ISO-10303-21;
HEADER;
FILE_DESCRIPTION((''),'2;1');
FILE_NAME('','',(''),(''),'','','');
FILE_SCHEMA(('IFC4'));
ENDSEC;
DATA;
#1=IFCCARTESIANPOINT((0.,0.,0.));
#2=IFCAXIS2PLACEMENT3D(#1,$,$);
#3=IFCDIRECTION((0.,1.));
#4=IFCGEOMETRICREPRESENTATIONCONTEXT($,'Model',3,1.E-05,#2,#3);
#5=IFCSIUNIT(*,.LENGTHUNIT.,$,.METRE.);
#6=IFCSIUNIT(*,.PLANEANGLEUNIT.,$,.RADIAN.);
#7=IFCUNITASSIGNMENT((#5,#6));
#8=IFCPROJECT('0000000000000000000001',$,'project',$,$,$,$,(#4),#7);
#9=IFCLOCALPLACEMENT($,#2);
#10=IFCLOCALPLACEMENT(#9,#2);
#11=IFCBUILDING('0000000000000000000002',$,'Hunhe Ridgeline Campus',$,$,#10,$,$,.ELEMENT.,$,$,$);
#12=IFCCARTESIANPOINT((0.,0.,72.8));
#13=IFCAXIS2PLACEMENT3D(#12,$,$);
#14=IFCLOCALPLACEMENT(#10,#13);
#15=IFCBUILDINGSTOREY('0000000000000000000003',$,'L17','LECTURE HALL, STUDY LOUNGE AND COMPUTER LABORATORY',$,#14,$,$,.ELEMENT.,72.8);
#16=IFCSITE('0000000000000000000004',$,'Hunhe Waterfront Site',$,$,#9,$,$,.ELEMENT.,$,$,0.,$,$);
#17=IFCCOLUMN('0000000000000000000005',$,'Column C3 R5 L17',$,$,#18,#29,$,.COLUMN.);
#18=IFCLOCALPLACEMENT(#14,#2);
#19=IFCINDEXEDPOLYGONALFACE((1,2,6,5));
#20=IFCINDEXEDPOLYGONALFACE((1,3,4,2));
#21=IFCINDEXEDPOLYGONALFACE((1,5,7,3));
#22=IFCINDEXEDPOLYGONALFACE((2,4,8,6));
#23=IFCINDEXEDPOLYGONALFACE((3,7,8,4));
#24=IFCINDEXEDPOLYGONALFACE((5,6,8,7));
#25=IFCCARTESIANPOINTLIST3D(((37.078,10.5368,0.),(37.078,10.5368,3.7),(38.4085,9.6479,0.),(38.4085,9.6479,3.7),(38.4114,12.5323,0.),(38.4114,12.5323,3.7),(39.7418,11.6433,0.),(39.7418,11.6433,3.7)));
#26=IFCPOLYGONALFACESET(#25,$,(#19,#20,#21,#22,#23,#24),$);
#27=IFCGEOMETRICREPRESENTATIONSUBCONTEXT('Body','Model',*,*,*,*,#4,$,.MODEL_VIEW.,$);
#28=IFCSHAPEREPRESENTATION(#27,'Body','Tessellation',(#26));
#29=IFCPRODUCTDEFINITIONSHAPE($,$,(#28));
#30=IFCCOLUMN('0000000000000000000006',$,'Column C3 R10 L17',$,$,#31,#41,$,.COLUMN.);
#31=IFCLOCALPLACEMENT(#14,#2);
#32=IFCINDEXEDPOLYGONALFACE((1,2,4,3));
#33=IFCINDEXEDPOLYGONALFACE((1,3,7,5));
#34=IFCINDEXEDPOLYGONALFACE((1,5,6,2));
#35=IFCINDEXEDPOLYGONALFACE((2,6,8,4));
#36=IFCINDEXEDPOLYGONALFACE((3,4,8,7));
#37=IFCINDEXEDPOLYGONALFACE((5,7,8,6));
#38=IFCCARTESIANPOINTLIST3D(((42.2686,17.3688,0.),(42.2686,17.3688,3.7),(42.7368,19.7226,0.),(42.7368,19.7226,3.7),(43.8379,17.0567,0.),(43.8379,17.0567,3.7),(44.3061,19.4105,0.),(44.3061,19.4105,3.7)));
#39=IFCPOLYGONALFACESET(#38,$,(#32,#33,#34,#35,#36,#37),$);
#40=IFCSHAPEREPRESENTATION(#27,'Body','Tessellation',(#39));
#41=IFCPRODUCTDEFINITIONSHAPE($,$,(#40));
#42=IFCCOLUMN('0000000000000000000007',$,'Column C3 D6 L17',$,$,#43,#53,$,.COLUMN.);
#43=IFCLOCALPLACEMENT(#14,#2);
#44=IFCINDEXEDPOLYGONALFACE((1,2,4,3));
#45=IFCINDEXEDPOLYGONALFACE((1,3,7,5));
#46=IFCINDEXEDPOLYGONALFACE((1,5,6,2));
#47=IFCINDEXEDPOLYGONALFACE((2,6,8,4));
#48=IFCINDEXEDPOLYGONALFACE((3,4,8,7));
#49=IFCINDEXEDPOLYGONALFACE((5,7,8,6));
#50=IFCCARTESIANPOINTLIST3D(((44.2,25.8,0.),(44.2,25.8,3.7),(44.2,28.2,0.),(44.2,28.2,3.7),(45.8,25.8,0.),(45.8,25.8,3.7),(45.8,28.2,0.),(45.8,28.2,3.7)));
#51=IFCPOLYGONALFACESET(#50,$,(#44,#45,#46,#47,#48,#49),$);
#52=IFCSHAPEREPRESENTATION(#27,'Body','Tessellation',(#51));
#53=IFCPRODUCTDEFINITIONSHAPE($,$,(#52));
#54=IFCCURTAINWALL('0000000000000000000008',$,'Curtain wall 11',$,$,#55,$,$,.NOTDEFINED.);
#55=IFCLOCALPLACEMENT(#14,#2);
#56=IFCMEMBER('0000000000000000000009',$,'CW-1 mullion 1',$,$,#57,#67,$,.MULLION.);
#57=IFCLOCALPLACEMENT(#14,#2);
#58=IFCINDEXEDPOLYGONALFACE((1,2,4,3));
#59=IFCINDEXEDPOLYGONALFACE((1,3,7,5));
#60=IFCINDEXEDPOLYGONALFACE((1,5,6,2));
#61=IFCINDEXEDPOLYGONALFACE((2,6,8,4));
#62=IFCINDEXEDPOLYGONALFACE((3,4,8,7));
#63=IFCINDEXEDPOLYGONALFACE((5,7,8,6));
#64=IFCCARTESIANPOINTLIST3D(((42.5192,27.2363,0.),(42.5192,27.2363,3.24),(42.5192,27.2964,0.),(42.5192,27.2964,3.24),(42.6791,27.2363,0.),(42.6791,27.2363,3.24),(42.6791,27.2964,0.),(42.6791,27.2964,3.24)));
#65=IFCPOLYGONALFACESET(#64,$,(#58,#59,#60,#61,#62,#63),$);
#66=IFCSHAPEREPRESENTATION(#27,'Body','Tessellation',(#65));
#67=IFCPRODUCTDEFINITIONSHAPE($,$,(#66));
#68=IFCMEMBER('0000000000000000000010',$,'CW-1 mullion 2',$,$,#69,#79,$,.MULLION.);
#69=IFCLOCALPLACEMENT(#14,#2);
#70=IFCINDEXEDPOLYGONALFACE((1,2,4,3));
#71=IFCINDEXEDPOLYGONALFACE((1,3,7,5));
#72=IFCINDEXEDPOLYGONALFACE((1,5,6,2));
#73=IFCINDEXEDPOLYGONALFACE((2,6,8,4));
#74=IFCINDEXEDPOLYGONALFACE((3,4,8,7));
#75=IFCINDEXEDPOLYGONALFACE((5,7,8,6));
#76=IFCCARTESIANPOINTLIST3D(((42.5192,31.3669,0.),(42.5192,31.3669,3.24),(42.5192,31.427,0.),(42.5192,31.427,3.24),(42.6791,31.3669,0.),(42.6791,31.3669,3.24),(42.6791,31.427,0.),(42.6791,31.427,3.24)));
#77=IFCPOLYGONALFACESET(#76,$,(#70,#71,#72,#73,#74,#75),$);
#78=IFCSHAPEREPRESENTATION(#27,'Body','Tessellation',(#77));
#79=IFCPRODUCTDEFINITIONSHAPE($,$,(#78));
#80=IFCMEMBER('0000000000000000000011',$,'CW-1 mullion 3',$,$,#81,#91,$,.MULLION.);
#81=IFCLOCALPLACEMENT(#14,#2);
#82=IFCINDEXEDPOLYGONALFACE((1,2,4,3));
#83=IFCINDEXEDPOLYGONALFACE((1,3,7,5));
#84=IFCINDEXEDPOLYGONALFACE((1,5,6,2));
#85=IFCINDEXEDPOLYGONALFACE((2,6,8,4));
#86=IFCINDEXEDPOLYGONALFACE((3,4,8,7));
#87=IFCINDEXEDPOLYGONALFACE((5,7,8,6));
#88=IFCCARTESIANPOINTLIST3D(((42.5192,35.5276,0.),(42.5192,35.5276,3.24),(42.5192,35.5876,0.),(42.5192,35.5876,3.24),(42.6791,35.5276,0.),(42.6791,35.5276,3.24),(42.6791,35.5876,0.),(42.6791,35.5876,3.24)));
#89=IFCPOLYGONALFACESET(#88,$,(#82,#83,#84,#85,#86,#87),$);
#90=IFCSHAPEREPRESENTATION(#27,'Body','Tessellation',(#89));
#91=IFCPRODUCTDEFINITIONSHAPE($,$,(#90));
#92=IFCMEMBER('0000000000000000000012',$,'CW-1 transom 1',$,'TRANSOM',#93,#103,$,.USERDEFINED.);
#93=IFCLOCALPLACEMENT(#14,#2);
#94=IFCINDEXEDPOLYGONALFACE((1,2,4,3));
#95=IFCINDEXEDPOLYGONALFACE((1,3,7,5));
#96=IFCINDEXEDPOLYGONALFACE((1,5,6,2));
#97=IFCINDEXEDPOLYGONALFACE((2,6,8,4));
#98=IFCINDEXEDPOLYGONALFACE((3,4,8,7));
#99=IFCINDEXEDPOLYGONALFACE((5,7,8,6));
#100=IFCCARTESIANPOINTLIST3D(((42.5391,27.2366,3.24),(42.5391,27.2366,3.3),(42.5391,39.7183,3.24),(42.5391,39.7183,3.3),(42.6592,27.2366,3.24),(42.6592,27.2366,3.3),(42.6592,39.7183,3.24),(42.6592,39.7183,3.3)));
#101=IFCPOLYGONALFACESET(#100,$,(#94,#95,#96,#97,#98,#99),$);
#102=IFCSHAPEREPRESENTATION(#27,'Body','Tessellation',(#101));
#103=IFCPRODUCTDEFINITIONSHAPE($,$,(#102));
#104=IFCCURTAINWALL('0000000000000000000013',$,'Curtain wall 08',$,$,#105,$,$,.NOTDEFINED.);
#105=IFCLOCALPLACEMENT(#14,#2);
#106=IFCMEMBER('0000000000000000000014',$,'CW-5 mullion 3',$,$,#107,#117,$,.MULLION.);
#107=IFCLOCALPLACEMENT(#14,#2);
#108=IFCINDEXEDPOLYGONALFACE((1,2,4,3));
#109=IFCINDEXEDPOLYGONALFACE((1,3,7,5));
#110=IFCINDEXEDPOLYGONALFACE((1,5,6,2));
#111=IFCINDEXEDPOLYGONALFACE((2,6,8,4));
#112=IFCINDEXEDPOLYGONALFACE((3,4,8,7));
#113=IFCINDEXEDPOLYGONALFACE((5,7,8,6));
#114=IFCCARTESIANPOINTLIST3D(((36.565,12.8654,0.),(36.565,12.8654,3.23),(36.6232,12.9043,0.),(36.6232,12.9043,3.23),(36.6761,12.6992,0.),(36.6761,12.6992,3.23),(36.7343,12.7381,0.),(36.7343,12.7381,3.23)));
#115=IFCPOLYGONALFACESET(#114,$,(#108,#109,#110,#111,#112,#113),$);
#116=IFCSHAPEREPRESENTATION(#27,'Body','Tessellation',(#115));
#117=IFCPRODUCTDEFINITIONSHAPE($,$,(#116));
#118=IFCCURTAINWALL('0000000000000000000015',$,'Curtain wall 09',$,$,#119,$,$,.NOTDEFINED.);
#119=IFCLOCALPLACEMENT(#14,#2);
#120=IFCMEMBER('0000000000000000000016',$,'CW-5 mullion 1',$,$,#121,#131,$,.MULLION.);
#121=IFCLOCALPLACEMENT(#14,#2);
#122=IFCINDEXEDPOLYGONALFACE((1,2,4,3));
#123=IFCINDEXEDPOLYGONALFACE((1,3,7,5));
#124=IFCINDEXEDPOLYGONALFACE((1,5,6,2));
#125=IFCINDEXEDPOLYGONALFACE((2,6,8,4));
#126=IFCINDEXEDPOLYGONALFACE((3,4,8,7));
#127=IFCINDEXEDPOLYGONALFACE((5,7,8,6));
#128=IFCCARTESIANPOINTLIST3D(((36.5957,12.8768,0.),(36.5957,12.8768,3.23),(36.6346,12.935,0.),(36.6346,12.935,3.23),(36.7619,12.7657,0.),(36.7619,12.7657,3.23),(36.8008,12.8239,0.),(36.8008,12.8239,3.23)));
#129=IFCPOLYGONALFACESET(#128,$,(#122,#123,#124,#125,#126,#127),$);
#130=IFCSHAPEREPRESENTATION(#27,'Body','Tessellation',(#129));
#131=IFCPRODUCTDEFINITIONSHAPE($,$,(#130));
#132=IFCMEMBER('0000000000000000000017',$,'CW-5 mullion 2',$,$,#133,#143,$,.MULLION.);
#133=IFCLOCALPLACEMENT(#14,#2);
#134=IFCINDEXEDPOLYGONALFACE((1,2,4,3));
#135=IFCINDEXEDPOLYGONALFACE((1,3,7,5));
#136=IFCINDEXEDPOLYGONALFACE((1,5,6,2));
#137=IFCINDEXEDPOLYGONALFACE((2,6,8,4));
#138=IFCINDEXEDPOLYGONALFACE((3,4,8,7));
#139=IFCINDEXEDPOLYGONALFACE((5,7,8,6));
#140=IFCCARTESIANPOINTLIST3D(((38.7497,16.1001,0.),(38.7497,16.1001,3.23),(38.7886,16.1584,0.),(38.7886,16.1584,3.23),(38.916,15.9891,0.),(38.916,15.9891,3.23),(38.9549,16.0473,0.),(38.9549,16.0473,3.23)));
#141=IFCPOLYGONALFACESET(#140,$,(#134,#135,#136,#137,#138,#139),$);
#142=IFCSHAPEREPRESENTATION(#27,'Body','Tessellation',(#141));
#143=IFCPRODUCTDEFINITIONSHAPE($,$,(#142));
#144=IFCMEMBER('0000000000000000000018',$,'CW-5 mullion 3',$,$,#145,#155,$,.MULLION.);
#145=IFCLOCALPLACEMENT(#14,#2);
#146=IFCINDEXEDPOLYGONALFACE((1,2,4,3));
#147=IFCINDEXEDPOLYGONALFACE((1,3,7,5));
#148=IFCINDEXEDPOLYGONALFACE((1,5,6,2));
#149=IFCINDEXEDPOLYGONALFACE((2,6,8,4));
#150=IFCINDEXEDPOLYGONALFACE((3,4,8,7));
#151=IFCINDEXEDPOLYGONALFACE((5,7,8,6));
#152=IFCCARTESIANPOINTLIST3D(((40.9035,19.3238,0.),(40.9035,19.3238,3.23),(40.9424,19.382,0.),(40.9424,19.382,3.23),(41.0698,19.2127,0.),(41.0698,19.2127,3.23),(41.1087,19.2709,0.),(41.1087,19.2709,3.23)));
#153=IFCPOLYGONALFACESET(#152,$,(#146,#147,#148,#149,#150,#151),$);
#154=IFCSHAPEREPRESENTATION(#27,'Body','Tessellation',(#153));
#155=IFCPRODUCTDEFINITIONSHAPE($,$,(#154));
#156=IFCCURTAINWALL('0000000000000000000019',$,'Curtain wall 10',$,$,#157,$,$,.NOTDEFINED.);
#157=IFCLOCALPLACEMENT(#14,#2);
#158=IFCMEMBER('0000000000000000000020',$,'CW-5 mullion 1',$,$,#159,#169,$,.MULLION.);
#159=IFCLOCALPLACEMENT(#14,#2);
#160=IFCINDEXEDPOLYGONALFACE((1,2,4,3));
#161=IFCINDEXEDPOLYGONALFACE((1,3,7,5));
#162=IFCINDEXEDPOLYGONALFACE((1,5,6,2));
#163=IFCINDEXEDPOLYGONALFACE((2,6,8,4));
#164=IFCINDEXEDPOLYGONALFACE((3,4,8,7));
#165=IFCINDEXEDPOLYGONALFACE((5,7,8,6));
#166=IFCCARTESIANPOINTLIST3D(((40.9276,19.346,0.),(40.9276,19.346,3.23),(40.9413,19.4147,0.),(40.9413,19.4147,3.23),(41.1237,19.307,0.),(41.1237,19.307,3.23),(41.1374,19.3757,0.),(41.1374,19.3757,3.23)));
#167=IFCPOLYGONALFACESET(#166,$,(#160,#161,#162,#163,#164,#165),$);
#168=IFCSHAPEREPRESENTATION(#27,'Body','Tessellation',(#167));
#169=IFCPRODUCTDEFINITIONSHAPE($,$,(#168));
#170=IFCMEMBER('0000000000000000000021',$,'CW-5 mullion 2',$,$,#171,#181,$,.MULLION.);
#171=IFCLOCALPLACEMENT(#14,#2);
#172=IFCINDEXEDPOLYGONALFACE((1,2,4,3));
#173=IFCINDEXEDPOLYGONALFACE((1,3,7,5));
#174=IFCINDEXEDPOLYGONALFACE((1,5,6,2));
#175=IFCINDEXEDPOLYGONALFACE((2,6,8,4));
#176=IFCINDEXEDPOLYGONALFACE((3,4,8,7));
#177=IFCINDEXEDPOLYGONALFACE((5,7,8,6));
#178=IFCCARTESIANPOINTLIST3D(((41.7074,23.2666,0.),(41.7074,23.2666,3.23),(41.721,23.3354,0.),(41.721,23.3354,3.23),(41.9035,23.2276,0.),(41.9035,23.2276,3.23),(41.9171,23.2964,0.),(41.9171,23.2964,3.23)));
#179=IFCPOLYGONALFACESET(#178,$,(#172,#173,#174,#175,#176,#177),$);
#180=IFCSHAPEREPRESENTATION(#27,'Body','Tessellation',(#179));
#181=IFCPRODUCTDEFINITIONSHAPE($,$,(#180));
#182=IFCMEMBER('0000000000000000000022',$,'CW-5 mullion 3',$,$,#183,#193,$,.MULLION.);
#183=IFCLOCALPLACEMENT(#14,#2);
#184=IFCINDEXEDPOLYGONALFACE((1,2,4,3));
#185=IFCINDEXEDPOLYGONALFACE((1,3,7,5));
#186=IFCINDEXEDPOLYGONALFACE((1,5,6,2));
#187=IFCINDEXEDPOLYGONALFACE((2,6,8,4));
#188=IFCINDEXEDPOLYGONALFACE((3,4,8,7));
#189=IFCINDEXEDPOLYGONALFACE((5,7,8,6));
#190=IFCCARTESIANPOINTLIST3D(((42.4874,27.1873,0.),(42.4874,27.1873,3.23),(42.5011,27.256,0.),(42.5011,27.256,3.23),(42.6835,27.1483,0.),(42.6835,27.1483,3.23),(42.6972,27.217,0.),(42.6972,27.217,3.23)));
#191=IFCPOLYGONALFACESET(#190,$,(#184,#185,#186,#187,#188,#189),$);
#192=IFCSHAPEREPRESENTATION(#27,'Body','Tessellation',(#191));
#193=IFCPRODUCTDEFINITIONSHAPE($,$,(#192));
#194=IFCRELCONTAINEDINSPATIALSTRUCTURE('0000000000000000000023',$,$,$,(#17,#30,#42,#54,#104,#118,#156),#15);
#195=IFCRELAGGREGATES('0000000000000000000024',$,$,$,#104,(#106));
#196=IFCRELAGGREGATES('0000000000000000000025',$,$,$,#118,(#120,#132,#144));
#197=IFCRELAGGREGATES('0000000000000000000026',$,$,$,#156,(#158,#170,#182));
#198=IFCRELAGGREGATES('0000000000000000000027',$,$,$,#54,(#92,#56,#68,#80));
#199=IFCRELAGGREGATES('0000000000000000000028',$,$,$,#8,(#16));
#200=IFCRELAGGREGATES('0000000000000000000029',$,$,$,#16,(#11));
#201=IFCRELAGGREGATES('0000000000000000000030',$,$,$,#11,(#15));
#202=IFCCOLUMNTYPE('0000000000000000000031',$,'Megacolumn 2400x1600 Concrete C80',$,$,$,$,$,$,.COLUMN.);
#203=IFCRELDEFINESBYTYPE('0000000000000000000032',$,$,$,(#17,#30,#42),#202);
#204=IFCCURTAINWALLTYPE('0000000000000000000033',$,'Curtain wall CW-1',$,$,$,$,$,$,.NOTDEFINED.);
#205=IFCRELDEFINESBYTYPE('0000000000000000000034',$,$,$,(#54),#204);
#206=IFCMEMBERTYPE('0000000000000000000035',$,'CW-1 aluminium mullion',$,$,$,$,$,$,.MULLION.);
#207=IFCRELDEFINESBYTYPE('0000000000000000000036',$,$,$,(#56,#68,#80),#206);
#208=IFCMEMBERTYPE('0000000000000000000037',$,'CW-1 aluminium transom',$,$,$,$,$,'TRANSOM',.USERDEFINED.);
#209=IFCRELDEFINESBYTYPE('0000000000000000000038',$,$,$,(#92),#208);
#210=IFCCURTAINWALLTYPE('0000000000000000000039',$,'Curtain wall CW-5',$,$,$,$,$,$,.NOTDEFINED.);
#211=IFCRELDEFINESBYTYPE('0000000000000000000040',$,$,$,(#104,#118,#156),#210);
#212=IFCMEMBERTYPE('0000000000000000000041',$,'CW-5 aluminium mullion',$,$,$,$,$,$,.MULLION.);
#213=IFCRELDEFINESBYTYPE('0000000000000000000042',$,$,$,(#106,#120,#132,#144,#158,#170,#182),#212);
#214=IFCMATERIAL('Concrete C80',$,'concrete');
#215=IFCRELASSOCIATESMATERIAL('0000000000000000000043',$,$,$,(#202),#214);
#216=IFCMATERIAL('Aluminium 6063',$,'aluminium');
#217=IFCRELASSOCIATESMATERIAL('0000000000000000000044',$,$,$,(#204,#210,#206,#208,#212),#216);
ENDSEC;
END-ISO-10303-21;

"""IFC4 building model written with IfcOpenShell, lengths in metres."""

from ifc_helpers import new_model, si_unit, direction, frame, origin, origin_2d, place, context, subcontext, project, spatial, rectangle, extrude, material, material_profile, profile_set, type_object, element, aggregate, save


model = new_model("IFC4")

# Units and contexts
model_context = context("Model", 3, precision=1e-05, world=origin(), true_north=direction((0.0, 1.0)))
body_context = subcontext(model_context, "Body", "Model", "MODEL_VIEW")
ifc_project = project(units=[si_unit("LENGTHUNIT", "METRE"), si_unit("PLANEANGLEUNIT", "RADIAN")], contexts=[model_context])

# Site, building, storey
site_placement = place(None, origin())
site = spatial("IfcSite", under=ifc_project, at=site_placement, Name="Hunhe Waterfront Site", CompositionType="ELEMENT", RefElevation=0.0)
building_placement = place(site_placement, origin())
building = spatial("IfcBuilding", under=site, at=building_placement, Name="Hunhe Ridgeline Campus", CompositionType="ELEMENT")
storey_placement = place(building_placement, frame((0.0, 0.0, 72.8)))
storey = spatial("IfcBuildingStorey", under=building, at=storey_placement, Name="L17", Description="LECTURE HALL, STUDY LOUNGE AND COMPUTER LABORATORY", CompositionType="ELEMENT", Elevation=72.8)

# Columns
ifc_material_1 = material(Name="Concrete C80", Category="concrete")
ifc_material_profile_1 = material_profile(ifc_material_1, rectangle(XDim=2.3999, YDim=1.6001, at=origin_2d()))
ifc_profile_set_1 = profile_set([ifc_material_profile_1], Name="Concrete C80")
column_type = type_object("IfcColumnType", Name="Megacolumn 2400x1600 Concrete C80", PredefinedType="COLUMN", material=ifc_profile_set_1)
for number, where, z_axis, x_axis, name in (
    (1, (38.4099, 11.0901, 0.0), (0.0, 0.0, 1.0), (0.55557, 0.83147, 0.0), "Column C3 R5 L17"),
    (2, (43.2874, 18.3896, 0.0), (0.0, 0.0, 1.0), (0.19509, 0.980785, 0.0), "Column C3 R10 L17"),
    (3, (45.0, 27.0, 0.0), (0.0, 0.0, 1.0), (0.0, 1.0, 0.0), "Column C3 D6 L17"),
):
    element("IfcColumn", number, at=place(storey_placement, frame(where, z_axis=z_axis, x_axis=x_axis)), inside=storey, type_object=column_type, Name=name, PredefinedType="COLUMN", context=body_context, shape_type="SweptSolid", body=[
        extrude(rectangle(XDim=2.3999, YDim=1.6001, at=origin_2d()), origin(), (0.0, 0.0, 1.0), 3.7),
    ])

# Curtain wall, members
ifc_material_2 = material(Name="Aluminium 6063", Category="aluminium")
curtain_wall_type_1 = type_object("IfcCurtainWallType", Name="Curtain wall CW-1", PredefinedType="NOTDEFINED", material=ifc_material_2)
curtain_wall_1_placement = place(storey_placement, origin())
curtain_wall_1 = element("IfcCurtainWall", 4, at=curtain_wall_1_placement, inside=storey, type_object=curtain_wall_type_1, Name="Curtain wall 11", PredefinedType="NOTDEFINED")
ifc_material_profile_2 = material_profile(ifc_material_2, rectangle(XDim=0.1599, YDim=0.0601, at=origin_2d()))
ifc_profile_set_2 = profile_set([ifc_material_profile_2], Name="Aluminium 6063")
member_type_1 = type_object("IfcMemberType", Name="CW-1 aluminium mullion", PredefinedType="MULLION", material=ifc_profile_set_2)
member_1_placement = place(storey_placement, frame((42.5991, 27.2664, 0.0), z_axis=(0.0, 0.0, 1.0), x_axis=(-1.0, 0.0, 0.0)))
member_1 = element("IfcMember", 5, at=member_1_placement, type_object=member_type_1, Name="CW-1 mullion 1", PredefinedType="MULLION", context=body_context, shape_type="SweptSolid", body=[
    extrude(rectangle(XDim=0.1599, YDim=0.0601, at=origin_2d()), origin(), (0.0, 0.0, 1.0), 3.24),
])
member_2_placement = place(storey_placement, frame((42.5991, 31.397, 0.0), z_axis=(0.0, 0.0, 1.0), x_axis=(-1.0, 0.0, 0.0)))
member_2 = element("IfcMember", 6, at=member_2_placement, type_object=member_type_1, Name="CW-1 mullion 2", PredefinedType="MULLION", context=body_context, shape_type="SweptSolid", body=[
    extrude(rectangle(XDim=0.1599, YDim=0.0601, at=origin_2d()), origin(), (0.0, 0.0, 1.0), 3.24),
])
member_3_placement = place(storey_placement, frame((42.5991, 35.5576, 0.0), z_axis=(0.0, 0.0, 1.0), x_axis=(-1.0, 0.0, 0.0)))
member_3 = element("IfcMember", 7, at=member_3_placement, type_object=member_type_1, Name="CW-1 mullion 3", PredefinedType="MULLION", context=body_context, shape_type="SweptSolid", body=[
    extrude(rectangle(XDim=0.1599, YDim=0.0601, at=origin_2d()), origin(), (0.0, 0.0, 1.0), 3.24),
])
ifc_material_profile_3 = material_profile(ifc_material_2, rectangle(XDim=0.1201, YDim=0.0601, at=origin_2d()))
ifc_profile_set_3 = profile_set([ifc_material_profile_3], Name="Aluminium 6063")
member_type_2 = type_object("IfcMemberType", Name="CW-1 aluminium transom", ElementType="TRANSOM", PredefinedType="USERDEFINED", material=ifc_profile_set_3)
member_4_placement = place(storey_placement, frame((42.5991, 27.2366, 3.27), z_axis=(0.0, 1.0, 0.0), x_axis=(-1.0, 0.0, 0.0)))
member_4 = element("IfcMember", 8, at=member_4_placement, type_object=member_type_2, Name="CW-1 transom 1", ObjectType="TRANSOM", PredefinedType="USERDEFINED", context=body_context, shape_type="SweptSolid", body=[
    extrude(rectangle(XDim=0.1201, YDim=0.0601, at=origin_2d()), origin(), (0.0, 0.0, 1.0), 12.4817),
])

# Curtain wall, member
curtain_wall_type_2 = type_object("IfcCurtainWallType", Name="Curtain wall CW-5", PredefinedType="NOTDEFINED", material=ifc_material_2)
curtain_wall_2_placement = place(storey_placement, origin())
curtain_wall_2 = element("IfcCurtainWall", 9, at=curtain_wall_2_placement, inside=storey, type_object=curtain_wall_type_2, Name="Curtain wall 08", PredefinedType="NOTDEFINED")
ifc_material_profile_4 = material_profile(ifc_material_2, rectangle(XDim=0.2, YDim=0.0701, at=origin_2d()))
ifc_profile_set_4 = profile_set([ifc_material_profile_4], Name="Aluminium 6063")
member_type_3 = type_object("IfcMemberType", Name="CW-5 aluminium mullion", PredefinedType="MULLION", material=ifc_profile_set_4)
member_5_placement = place(storey_placement, frame((36.6497, 12.8018, 0.0), z_axis=(0.0, 0.0, 1.0), x_axis=(-0.55557, 0.83147, 0.0)))
member_5 = element("IfcMember", 10, at=member_5_placement, type_object=member_type_3, Name="CW-5 mullion 3", PredefinedType="MULLION", context=body_context, shape_type="SweptSolid", body=[
    extrude(rectangle(XDim=0.2, YDim=0.0701, at=origin_2d()), origin(), (0.0, 0.0, 1.0), 3.23),
])
aggregate(curtain_wall_2, [member_5])

# Curtain walls, members
curtain_wall_3_placement = place(storey_placement, origin())
curtain_wall_3 = element("IfcCurtainWall", 11, at=curtain_wall_3_placement, inside=storey, type_object=curtain_wall_type_2, Name="Curtain wall 09", PredefinedType="NOTDEFINED")
member_6_placement = place(storey_placement, frame((36.6982, 12.8503, 0.0), z_axis=(0.0, 0.0, 1.0), x_axis=(-0.83147, 0.55557, 0.0)))
member_6 = element("IfcMember", 12, at=member_6_placement, type_object=member_type_3, Name="CW-5 mullion 1", PredefinedType="MULLION", context=body_context, shape_type="SweptSolid", body=[
    extrude(rectangle(XDim=0.2, YDim=0.0701, at=origin_2d()), origin(), (0.0, 0.0, 1.0), 3.23),
])
member_7_placement = place(storey_placement, frame((38.8523, 16.0737, 0.0), z_axis=(0.0, 0.0, 1.0), x_axis=(-0.83147, 0.55557, 0.0)))
member_7 = element("IfcMember", 13, at=member_7_placement, type_object=member_type_3, Name="CW-5 mullion 2", PredefinedType="MULLION", context=body_context, shape_type="SweptSolid", body=[
    extrude(rectangle(XDim=0.2, YDim=0.0701, at=origin_2d()), origin(), (0.0, 0.0, 1.0), 3.23),
])
member_8_placement = place(storey_placement, frame((41.0061, 19.2974, 0.0), z_axis=(0.0, 0.0, 1.0), x_axis=(-0.83147, 0.55557, 0.0)))
member_8 = element("IfcMember", 14, at=member_8_placement, type_object=member_type_3, Name="CW-5 mullion 3", PredefinedType="MULLION", context=body_context, shape_type="SweptSolid", body=[
    extrude(rectangle(XDim=0.2, YDim=0.0701, at=origin_2d()), origin(), (0.0, 0.0, 1.0), 3.23),
])
curtain_wall_4_placement = place(storey_placement, origin())
curtain_wall_4 = element("IfcCurtainWall", 15, at=curtain_wall_4_placement, inside=storey, type_object=curtain_wall_type_2, Name="Curtain wall 10", PredefinedType="NOTDEFINED")
member_9_placement = place(storey_placement, frame((41.0325, 19.3608, 0.0), z_axis=(0.0, 0.0, 1.0), x_axis=(-0.980785, 0.19509, 0.0)))
member_9 = element("IfcMember", 16, at=member_9_placement, type_object=member_type_3, Name="CW-5 mullion 1", PredefinedType="MULLION", context=body_context, shape_type="SweptSolid", body=[
    extrude(rectangle(XDim=0.2, YDim=0.0701, at=origin_2d()), origin(), (0.0, 0.0, 1.0), 3.23),
])
member_10_placement = place(storey_placement, frame((41.8123, 23.2815, 0.0), z_axis=(0.0, 0.0, 1.0), x_axis=(-0.980785, 0.19509, 0.0)))
member_10 = element("IfcMember", 17, at=member_10_placement, type_object=member_type_3, Name="CW-5 mullion 2", PredefinedType="MULLION", context=body_context, shape_type="SweptSolid", body=[
    extrude(rectangle(XDim=0.2, YDim=0.0701, at=origin_2d()), origin(), (0.0, 0.0, 1.0), 3.23),
])
member_11_placement = place(storey_placement, frame((42.5923, 27.2021, 0.0), z_axis=(0.0, 0.0, 1.0), x_axis=(-0.980785, 0.19509, 0.0)))
member_11 = element("IfcMember", 18, at=member_11_placement, type_object=member_type_3, Name="CW-5 mullion 3", PredefinedType="MULLION", context=body_context, shape_type="SweptSolid", body=[
    extrude(rectangle(XDim=0.2, YDim=0.0701, at=origin_2d()), origin(), (0.0, 0.0, 1.0), 3.23),
])

aggregate(curtain_wall_3, [member_6, member_7, member_8])
aggregate(curtain_wall_4, [member_9, member_10, member_11])
aggregate(curtain_wall_1, [member_4, member_1, member_2, member_3])

save(model, "model.ifc")
